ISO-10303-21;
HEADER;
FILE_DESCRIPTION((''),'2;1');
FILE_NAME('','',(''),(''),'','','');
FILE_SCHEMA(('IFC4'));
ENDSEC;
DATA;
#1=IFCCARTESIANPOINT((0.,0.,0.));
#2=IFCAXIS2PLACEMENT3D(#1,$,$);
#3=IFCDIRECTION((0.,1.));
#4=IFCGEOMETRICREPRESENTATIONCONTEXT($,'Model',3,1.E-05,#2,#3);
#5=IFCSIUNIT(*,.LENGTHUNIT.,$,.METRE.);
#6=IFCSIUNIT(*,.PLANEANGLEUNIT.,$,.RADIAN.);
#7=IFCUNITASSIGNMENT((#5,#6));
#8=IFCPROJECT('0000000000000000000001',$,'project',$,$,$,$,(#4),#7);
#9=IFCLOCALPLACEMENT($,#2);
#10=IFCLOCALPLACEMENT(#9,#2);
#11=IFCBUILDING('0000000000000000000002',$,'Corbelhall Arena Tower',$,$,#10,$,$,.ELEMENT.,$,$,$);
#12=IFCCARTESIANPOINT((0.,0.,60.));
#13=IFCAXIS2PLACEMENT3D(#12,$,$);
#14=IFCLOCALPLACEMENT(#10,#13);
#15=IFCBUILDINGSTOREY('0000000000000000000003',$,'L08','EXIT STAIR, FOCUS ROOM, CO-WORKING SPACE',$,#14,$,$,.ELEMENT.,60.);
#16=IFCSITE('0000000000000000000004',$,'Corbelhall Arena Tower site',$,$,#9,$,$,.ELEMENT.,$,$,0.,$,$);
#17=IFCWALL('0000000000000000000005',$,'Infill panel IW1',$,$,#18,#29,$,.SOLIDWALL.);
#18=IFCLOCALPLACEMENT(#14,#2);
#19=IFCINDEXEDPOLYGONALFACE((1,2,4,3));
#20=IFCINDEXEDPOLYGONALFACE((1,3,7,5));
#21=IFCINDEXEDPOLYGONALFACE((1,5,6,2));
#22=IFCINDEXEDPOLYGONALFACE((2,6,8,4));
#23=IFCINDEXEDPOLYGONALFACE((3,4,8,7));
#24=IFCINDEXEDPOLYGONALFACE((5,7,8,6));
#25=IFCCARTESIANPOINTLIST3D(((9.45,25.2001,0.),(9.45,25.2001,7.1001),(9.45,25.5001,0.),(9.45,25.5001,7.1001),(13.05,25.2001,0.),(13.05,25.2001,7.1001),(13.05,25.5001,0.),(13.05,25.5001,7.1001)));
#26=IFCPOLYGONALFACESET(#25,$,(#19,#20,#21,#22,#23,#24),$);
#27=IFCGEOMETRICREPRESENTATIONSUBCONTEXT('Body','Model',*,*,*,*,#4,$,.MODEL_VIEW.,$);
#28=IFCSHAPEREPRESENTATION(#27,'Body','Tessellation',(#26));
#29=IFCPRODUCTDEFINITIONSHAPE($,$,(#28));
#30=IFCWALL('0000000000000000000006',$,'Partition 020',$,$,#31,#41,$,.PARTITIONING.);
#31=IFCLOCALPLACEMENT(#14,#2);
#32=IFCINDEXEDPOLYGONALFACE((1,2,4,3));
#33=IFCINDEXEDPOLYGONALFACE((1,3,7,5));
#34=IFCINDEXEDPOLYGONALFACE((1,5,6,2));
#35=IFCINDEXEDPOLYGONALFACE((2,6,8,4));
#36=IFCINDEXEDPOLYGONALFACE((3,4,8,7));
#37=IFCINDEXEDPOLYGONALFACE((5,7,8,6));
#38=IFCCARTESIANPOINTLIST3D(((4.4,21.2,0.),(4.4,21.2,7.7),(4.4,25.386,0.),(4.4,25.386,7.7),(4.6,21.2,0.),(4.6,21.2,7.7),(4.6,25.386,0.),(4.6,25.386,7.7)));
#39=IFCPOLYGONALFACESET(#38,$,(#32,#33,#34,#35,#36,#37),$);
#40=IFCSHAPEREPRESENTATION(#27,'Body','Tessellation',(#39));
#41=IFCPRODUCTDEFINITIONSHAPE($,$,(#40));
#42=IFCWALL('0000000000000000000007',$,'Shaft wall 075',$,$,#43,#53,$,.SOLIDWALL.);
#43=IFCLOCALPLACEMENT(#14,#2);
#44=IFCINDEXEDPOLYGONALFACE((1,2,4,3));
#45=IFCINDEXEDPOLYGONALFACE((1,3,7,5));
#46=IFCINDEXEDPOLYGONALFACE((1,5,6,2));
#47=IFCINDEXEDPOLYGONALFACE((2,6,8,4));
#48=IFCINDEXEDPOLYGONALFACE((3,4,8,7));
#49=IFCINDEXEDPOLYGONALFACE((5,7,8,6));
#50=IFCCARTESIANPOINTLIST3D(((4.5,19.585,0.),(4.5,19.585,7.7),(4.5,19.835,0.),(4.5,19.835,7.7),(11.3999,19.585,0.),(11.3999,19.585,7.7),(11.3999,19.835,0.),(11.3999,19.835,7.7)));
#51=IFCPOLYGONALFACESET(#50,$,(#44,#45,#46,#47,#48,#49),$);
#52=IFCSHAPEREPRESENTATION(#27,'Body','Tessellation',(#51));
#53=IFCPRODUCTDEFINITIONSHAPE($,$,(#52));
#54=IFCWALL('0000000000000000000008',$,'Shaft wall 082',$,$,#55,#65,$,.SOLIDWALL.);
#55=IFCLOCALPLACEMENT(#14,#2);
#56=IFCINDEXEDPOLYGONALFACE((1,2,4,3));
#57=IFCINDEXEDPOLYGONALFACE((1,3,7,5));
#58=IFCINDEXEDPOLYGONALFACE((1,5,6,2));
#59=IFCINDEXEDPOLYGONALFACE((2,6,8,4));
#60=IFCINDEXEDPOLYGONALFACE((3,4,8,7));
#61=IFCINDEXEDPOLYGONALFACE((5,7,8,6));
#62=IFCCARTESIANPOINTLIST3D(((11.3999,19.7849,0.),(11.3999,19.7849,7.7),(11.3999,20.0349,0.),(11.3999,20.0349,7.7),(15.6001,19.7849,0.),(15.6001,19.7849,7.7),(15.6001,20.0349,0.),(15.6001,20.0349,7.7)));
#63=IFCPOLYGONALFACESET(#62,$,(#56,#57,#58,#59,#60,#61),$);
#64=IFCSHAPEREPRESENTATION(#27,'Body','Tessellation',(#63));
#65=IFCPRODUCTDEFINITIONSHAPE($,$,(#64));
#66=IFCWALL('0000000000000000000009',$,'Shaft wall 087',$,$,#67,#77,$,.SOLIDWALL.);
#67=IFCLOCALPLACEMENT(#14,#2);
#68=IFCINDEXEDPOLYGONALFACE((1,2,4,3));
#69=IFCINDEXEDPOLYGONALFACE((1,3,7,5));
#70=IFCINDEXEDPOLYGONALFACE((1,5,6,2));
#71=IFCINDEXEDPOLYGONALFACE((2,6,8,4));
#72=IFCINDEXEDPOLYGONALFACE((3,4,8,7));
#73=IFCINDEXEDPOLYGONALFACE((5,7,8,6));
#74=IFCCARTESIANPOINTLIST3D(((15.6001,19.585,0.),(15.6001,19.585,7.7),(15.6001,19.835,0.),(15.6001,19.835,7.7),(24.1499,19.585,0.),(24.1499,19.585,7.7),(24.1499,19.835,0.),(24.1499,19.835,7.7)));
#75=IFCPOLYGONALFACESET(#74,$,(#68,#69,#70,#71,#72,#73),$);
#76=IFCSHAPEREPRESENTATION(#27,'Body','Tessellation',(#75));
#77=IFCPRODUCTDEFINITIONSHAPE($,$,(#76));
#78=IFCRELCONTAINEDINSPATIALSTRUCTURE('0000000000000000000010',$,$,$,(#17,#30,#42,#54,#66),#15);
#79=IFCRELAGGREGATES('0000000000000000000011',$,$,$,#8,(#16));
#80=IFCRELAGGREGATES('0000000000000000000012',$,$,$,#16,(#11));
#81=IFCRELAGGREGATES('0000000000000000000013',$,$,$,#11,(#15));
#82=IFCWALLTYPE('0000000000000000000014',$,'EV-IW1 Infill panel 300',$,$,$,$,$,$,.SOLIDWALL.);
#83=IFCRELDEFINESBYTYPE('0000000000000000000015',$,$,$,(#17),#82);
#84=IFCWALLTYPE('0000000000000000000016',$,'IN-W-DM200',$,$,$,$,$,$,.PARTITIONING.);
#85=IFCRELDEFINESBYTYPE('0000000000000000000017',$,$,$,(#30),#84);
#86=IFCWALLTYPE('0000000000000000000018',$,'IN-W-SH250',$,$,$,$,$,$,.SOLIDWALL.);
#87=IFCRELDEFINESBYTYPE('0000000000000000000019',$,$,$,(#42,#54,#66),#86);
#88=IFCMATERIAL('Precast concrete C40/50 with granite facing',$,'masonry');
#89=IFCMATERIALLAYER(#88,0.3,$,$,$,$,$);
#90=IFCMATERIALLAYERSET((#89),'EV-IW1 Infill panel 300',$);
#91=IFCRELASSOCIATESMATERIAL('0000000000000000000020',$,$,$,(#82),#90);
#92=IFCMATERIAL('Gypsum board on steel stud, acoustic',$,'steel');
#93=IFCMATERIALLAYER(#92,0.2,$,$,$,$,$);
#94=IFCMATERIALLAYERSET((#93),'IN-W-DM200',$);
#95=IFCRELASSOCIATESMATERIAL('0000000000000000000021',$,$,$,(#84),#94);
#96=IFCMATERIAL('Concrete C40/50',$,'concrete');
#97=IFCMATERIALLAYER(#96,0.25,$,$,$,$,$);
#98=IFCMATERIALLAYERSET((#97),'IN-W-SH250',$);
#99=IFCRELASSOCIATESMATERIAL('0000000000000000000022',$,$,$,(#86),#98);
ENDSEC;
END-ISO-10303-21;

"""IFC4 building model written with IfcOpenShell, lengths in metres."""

from ifc_helpers import new_model, si_unit, direction, frame, frame_2d, origin, place, context, subcontext, project, spatial, rectangle, extrude, material, layer, layer_set, type_object, element, save


model = new_model("IFC4")

# Units and contexts
model_context = context("Model", 3, precision=1e-05, world=origin(), true_north=direction((0.0, 1.0)))
body_context = subcontext(model_context, "Body", "Model", "MODEL_VIEW")
ifc_project = project(units=[si_unit("LENGTHUNIT", "METRE"), si_unit("PLANEANGLEUNIT", "RADIAN")], contexts=[model_context])

# Site, building, storey
site_placement = place(None, origin())
site = spatial("IfcSite", under=ifc_project, at=site_placement, Name="Corbelhall Arena Tower site", CompositionType="ELEMENT", RefElevation=0.0)
building_placement = place(site_placement, origin())
building = spatial("IfcBuilding", under=site, at=building_placement, Name="Corbelhall Arena Tower", CompositionType="ELEMENT")
storey_placement = place(building_placement, frame((0.0, 0.0, 60.0)))
storey = spatial("IfcBuildingStorey", under=building, at=storey_placement, Name="L08", Description="EXIT STAIR, FOCUS ROOM, CO-WORKING SPACE", CompositionType="ELEMENT", Elevation=60.0)

# Wall
ifc_material_1 = material(Name="Precast concrete C40/50 with granite facing", Category="masonry")
ifc_layer_1 = layer(ifc_material_1, 0.3)
ifc_layer_set_1 = layer_set([ifc_layer_1], Name="EV-IW1 Infill panel 300")
wall_type_1 = type_object("IfcWallType", Name="EV-IW1 Infill panel 300", PredefinedType="SOLIDWALL", material=ifc_layer_set_1)
wall_1_placement = place(storey_placement, frame((13.05, 25.3501, 0.0), z_axis=(0.0, 0.0, 1.0), x_axis=(-1.0, 0.0, 0.0)))
element("IfcWall", 1, at=wall_1_placement, inside=storey, type_object=wall_type_1, Name="Infill panel IW1", PredefinedType="SOLIDWALL", context=body_context, shape_type="SweptSolid", body=[
    extrude(rectangle(XDim=3.6001, YDim=0.3, at=frame_2d((1.8, 0.0))), origin(), (0.0, 0.0, 1.0), 7.1001),
])

# Shared definitions
ifc_material_2 = material(Name="Gypsum board on steel stud, acoustic", Category="steel")
ifc_layer_2 = layer(ifc_material_2, 0.2)
ifc_layer_set_2 = layer_set([ifc_layer_2], Name="IN-W-DM200")
wall_type_2 = type_object("IfcWallType", Name="IN-W-DM200", PredefinedType="PARTITIONING", material=ifc_layer_set_2)

# Walls
wall_2_placement = place(storey_placement, frame((4.5, 25.386, 0.0), z_axis=(0.0, 0.0, 1.0), x_axis=(0.0, -1.0, 0.0)))
element("IfcWall", 2, at=wall_2_placement, inside=storey, type_object=wall_type_2, Name="Partition 020", PredefinedType="PARTITIONING", context=body_context, shape_type="SweptSolid", body=[
    extrude(rectangle(XDim=4.186, YDim=0.2, at=frame_2d((2.093, 0.0))), origin(), (0.0, 0.0, 1.0), 7.7),
])
ifc_material_3 = material(Name="Concrete C40/50", Category="concrete")
ifc_layer_3 = layer(ifc_material_3, 0.25)
ifc_layer_set_3 = layer_set([ifc_layer_3], Name="IN-W-SH250")
wall_type_3 = type_object("IfcWallType", Name="IN-W-SH250", PredefinedType="SOLIDWALL", material=ifc_layer_set_3)
wall_3_placement = place(storey_placement, frame((4.5, 19.71, 0.0), z_axis=(0.0, 0.0, 1.0), x_axis=(1.0, 0.0, 0.0)))
element("IfcWall", 3, at=wall_3_placement, inside=storey, type_object=wall_type_3, Name="Shaft wall 075", PredefinedType="SOLIDWALL", context=body_context, shape_type="SweptSolid", body=[
    extrude(rectangle(XDim=6.8999, YDim=0.25, at=frame_2d((3.45, 0.0))), origin(), (0.0, 0.0, 1.0), 7.7),
])
wall_4_placement = place(storey_placement, frame((11.3999, 19.9099, 0.0), z_axis=(0.0, 0.0, 1.0), x_axis=(1.0, 0.0, 0.0)))
element("IfcWall", 4, at=wall_4_placement, inside=storey, type_object=wall_type_3, Name="Shaft wall 082", PredefinedType="SOLIDWALL", context=body_context, shape_type="SweptSolid", body=[
    extrude(rectangle(XDim=4.2002, YDim=0.25, at=frame_2d((2.1001, 0.0))), origin(), (0.0, 0.0, 1.0), 7.7),
])
wall_5_placement = place(storey_placement, frame((15.6001, 19.71, 0.0), z_axis=(0.0, 0.0, 1.0), x_axis=(1.0, 0.0, 0.0)))
element("IfcWall", 5, at=wall_5_placement, inside=storey, type_object=wall_type_3, Name="Shaft wall 087", PredefinedType="SOLIDWALL", context=body_context, shape_type="SweptSolid", body=[
    extrude(rectangle(XDim=8.5498, YDim=0.25, at=frame_2d((4.2749, 0.0))), origin(), (0.0, 0.0, 1.0), 7.7),
])

save(model, "model.ifc")
